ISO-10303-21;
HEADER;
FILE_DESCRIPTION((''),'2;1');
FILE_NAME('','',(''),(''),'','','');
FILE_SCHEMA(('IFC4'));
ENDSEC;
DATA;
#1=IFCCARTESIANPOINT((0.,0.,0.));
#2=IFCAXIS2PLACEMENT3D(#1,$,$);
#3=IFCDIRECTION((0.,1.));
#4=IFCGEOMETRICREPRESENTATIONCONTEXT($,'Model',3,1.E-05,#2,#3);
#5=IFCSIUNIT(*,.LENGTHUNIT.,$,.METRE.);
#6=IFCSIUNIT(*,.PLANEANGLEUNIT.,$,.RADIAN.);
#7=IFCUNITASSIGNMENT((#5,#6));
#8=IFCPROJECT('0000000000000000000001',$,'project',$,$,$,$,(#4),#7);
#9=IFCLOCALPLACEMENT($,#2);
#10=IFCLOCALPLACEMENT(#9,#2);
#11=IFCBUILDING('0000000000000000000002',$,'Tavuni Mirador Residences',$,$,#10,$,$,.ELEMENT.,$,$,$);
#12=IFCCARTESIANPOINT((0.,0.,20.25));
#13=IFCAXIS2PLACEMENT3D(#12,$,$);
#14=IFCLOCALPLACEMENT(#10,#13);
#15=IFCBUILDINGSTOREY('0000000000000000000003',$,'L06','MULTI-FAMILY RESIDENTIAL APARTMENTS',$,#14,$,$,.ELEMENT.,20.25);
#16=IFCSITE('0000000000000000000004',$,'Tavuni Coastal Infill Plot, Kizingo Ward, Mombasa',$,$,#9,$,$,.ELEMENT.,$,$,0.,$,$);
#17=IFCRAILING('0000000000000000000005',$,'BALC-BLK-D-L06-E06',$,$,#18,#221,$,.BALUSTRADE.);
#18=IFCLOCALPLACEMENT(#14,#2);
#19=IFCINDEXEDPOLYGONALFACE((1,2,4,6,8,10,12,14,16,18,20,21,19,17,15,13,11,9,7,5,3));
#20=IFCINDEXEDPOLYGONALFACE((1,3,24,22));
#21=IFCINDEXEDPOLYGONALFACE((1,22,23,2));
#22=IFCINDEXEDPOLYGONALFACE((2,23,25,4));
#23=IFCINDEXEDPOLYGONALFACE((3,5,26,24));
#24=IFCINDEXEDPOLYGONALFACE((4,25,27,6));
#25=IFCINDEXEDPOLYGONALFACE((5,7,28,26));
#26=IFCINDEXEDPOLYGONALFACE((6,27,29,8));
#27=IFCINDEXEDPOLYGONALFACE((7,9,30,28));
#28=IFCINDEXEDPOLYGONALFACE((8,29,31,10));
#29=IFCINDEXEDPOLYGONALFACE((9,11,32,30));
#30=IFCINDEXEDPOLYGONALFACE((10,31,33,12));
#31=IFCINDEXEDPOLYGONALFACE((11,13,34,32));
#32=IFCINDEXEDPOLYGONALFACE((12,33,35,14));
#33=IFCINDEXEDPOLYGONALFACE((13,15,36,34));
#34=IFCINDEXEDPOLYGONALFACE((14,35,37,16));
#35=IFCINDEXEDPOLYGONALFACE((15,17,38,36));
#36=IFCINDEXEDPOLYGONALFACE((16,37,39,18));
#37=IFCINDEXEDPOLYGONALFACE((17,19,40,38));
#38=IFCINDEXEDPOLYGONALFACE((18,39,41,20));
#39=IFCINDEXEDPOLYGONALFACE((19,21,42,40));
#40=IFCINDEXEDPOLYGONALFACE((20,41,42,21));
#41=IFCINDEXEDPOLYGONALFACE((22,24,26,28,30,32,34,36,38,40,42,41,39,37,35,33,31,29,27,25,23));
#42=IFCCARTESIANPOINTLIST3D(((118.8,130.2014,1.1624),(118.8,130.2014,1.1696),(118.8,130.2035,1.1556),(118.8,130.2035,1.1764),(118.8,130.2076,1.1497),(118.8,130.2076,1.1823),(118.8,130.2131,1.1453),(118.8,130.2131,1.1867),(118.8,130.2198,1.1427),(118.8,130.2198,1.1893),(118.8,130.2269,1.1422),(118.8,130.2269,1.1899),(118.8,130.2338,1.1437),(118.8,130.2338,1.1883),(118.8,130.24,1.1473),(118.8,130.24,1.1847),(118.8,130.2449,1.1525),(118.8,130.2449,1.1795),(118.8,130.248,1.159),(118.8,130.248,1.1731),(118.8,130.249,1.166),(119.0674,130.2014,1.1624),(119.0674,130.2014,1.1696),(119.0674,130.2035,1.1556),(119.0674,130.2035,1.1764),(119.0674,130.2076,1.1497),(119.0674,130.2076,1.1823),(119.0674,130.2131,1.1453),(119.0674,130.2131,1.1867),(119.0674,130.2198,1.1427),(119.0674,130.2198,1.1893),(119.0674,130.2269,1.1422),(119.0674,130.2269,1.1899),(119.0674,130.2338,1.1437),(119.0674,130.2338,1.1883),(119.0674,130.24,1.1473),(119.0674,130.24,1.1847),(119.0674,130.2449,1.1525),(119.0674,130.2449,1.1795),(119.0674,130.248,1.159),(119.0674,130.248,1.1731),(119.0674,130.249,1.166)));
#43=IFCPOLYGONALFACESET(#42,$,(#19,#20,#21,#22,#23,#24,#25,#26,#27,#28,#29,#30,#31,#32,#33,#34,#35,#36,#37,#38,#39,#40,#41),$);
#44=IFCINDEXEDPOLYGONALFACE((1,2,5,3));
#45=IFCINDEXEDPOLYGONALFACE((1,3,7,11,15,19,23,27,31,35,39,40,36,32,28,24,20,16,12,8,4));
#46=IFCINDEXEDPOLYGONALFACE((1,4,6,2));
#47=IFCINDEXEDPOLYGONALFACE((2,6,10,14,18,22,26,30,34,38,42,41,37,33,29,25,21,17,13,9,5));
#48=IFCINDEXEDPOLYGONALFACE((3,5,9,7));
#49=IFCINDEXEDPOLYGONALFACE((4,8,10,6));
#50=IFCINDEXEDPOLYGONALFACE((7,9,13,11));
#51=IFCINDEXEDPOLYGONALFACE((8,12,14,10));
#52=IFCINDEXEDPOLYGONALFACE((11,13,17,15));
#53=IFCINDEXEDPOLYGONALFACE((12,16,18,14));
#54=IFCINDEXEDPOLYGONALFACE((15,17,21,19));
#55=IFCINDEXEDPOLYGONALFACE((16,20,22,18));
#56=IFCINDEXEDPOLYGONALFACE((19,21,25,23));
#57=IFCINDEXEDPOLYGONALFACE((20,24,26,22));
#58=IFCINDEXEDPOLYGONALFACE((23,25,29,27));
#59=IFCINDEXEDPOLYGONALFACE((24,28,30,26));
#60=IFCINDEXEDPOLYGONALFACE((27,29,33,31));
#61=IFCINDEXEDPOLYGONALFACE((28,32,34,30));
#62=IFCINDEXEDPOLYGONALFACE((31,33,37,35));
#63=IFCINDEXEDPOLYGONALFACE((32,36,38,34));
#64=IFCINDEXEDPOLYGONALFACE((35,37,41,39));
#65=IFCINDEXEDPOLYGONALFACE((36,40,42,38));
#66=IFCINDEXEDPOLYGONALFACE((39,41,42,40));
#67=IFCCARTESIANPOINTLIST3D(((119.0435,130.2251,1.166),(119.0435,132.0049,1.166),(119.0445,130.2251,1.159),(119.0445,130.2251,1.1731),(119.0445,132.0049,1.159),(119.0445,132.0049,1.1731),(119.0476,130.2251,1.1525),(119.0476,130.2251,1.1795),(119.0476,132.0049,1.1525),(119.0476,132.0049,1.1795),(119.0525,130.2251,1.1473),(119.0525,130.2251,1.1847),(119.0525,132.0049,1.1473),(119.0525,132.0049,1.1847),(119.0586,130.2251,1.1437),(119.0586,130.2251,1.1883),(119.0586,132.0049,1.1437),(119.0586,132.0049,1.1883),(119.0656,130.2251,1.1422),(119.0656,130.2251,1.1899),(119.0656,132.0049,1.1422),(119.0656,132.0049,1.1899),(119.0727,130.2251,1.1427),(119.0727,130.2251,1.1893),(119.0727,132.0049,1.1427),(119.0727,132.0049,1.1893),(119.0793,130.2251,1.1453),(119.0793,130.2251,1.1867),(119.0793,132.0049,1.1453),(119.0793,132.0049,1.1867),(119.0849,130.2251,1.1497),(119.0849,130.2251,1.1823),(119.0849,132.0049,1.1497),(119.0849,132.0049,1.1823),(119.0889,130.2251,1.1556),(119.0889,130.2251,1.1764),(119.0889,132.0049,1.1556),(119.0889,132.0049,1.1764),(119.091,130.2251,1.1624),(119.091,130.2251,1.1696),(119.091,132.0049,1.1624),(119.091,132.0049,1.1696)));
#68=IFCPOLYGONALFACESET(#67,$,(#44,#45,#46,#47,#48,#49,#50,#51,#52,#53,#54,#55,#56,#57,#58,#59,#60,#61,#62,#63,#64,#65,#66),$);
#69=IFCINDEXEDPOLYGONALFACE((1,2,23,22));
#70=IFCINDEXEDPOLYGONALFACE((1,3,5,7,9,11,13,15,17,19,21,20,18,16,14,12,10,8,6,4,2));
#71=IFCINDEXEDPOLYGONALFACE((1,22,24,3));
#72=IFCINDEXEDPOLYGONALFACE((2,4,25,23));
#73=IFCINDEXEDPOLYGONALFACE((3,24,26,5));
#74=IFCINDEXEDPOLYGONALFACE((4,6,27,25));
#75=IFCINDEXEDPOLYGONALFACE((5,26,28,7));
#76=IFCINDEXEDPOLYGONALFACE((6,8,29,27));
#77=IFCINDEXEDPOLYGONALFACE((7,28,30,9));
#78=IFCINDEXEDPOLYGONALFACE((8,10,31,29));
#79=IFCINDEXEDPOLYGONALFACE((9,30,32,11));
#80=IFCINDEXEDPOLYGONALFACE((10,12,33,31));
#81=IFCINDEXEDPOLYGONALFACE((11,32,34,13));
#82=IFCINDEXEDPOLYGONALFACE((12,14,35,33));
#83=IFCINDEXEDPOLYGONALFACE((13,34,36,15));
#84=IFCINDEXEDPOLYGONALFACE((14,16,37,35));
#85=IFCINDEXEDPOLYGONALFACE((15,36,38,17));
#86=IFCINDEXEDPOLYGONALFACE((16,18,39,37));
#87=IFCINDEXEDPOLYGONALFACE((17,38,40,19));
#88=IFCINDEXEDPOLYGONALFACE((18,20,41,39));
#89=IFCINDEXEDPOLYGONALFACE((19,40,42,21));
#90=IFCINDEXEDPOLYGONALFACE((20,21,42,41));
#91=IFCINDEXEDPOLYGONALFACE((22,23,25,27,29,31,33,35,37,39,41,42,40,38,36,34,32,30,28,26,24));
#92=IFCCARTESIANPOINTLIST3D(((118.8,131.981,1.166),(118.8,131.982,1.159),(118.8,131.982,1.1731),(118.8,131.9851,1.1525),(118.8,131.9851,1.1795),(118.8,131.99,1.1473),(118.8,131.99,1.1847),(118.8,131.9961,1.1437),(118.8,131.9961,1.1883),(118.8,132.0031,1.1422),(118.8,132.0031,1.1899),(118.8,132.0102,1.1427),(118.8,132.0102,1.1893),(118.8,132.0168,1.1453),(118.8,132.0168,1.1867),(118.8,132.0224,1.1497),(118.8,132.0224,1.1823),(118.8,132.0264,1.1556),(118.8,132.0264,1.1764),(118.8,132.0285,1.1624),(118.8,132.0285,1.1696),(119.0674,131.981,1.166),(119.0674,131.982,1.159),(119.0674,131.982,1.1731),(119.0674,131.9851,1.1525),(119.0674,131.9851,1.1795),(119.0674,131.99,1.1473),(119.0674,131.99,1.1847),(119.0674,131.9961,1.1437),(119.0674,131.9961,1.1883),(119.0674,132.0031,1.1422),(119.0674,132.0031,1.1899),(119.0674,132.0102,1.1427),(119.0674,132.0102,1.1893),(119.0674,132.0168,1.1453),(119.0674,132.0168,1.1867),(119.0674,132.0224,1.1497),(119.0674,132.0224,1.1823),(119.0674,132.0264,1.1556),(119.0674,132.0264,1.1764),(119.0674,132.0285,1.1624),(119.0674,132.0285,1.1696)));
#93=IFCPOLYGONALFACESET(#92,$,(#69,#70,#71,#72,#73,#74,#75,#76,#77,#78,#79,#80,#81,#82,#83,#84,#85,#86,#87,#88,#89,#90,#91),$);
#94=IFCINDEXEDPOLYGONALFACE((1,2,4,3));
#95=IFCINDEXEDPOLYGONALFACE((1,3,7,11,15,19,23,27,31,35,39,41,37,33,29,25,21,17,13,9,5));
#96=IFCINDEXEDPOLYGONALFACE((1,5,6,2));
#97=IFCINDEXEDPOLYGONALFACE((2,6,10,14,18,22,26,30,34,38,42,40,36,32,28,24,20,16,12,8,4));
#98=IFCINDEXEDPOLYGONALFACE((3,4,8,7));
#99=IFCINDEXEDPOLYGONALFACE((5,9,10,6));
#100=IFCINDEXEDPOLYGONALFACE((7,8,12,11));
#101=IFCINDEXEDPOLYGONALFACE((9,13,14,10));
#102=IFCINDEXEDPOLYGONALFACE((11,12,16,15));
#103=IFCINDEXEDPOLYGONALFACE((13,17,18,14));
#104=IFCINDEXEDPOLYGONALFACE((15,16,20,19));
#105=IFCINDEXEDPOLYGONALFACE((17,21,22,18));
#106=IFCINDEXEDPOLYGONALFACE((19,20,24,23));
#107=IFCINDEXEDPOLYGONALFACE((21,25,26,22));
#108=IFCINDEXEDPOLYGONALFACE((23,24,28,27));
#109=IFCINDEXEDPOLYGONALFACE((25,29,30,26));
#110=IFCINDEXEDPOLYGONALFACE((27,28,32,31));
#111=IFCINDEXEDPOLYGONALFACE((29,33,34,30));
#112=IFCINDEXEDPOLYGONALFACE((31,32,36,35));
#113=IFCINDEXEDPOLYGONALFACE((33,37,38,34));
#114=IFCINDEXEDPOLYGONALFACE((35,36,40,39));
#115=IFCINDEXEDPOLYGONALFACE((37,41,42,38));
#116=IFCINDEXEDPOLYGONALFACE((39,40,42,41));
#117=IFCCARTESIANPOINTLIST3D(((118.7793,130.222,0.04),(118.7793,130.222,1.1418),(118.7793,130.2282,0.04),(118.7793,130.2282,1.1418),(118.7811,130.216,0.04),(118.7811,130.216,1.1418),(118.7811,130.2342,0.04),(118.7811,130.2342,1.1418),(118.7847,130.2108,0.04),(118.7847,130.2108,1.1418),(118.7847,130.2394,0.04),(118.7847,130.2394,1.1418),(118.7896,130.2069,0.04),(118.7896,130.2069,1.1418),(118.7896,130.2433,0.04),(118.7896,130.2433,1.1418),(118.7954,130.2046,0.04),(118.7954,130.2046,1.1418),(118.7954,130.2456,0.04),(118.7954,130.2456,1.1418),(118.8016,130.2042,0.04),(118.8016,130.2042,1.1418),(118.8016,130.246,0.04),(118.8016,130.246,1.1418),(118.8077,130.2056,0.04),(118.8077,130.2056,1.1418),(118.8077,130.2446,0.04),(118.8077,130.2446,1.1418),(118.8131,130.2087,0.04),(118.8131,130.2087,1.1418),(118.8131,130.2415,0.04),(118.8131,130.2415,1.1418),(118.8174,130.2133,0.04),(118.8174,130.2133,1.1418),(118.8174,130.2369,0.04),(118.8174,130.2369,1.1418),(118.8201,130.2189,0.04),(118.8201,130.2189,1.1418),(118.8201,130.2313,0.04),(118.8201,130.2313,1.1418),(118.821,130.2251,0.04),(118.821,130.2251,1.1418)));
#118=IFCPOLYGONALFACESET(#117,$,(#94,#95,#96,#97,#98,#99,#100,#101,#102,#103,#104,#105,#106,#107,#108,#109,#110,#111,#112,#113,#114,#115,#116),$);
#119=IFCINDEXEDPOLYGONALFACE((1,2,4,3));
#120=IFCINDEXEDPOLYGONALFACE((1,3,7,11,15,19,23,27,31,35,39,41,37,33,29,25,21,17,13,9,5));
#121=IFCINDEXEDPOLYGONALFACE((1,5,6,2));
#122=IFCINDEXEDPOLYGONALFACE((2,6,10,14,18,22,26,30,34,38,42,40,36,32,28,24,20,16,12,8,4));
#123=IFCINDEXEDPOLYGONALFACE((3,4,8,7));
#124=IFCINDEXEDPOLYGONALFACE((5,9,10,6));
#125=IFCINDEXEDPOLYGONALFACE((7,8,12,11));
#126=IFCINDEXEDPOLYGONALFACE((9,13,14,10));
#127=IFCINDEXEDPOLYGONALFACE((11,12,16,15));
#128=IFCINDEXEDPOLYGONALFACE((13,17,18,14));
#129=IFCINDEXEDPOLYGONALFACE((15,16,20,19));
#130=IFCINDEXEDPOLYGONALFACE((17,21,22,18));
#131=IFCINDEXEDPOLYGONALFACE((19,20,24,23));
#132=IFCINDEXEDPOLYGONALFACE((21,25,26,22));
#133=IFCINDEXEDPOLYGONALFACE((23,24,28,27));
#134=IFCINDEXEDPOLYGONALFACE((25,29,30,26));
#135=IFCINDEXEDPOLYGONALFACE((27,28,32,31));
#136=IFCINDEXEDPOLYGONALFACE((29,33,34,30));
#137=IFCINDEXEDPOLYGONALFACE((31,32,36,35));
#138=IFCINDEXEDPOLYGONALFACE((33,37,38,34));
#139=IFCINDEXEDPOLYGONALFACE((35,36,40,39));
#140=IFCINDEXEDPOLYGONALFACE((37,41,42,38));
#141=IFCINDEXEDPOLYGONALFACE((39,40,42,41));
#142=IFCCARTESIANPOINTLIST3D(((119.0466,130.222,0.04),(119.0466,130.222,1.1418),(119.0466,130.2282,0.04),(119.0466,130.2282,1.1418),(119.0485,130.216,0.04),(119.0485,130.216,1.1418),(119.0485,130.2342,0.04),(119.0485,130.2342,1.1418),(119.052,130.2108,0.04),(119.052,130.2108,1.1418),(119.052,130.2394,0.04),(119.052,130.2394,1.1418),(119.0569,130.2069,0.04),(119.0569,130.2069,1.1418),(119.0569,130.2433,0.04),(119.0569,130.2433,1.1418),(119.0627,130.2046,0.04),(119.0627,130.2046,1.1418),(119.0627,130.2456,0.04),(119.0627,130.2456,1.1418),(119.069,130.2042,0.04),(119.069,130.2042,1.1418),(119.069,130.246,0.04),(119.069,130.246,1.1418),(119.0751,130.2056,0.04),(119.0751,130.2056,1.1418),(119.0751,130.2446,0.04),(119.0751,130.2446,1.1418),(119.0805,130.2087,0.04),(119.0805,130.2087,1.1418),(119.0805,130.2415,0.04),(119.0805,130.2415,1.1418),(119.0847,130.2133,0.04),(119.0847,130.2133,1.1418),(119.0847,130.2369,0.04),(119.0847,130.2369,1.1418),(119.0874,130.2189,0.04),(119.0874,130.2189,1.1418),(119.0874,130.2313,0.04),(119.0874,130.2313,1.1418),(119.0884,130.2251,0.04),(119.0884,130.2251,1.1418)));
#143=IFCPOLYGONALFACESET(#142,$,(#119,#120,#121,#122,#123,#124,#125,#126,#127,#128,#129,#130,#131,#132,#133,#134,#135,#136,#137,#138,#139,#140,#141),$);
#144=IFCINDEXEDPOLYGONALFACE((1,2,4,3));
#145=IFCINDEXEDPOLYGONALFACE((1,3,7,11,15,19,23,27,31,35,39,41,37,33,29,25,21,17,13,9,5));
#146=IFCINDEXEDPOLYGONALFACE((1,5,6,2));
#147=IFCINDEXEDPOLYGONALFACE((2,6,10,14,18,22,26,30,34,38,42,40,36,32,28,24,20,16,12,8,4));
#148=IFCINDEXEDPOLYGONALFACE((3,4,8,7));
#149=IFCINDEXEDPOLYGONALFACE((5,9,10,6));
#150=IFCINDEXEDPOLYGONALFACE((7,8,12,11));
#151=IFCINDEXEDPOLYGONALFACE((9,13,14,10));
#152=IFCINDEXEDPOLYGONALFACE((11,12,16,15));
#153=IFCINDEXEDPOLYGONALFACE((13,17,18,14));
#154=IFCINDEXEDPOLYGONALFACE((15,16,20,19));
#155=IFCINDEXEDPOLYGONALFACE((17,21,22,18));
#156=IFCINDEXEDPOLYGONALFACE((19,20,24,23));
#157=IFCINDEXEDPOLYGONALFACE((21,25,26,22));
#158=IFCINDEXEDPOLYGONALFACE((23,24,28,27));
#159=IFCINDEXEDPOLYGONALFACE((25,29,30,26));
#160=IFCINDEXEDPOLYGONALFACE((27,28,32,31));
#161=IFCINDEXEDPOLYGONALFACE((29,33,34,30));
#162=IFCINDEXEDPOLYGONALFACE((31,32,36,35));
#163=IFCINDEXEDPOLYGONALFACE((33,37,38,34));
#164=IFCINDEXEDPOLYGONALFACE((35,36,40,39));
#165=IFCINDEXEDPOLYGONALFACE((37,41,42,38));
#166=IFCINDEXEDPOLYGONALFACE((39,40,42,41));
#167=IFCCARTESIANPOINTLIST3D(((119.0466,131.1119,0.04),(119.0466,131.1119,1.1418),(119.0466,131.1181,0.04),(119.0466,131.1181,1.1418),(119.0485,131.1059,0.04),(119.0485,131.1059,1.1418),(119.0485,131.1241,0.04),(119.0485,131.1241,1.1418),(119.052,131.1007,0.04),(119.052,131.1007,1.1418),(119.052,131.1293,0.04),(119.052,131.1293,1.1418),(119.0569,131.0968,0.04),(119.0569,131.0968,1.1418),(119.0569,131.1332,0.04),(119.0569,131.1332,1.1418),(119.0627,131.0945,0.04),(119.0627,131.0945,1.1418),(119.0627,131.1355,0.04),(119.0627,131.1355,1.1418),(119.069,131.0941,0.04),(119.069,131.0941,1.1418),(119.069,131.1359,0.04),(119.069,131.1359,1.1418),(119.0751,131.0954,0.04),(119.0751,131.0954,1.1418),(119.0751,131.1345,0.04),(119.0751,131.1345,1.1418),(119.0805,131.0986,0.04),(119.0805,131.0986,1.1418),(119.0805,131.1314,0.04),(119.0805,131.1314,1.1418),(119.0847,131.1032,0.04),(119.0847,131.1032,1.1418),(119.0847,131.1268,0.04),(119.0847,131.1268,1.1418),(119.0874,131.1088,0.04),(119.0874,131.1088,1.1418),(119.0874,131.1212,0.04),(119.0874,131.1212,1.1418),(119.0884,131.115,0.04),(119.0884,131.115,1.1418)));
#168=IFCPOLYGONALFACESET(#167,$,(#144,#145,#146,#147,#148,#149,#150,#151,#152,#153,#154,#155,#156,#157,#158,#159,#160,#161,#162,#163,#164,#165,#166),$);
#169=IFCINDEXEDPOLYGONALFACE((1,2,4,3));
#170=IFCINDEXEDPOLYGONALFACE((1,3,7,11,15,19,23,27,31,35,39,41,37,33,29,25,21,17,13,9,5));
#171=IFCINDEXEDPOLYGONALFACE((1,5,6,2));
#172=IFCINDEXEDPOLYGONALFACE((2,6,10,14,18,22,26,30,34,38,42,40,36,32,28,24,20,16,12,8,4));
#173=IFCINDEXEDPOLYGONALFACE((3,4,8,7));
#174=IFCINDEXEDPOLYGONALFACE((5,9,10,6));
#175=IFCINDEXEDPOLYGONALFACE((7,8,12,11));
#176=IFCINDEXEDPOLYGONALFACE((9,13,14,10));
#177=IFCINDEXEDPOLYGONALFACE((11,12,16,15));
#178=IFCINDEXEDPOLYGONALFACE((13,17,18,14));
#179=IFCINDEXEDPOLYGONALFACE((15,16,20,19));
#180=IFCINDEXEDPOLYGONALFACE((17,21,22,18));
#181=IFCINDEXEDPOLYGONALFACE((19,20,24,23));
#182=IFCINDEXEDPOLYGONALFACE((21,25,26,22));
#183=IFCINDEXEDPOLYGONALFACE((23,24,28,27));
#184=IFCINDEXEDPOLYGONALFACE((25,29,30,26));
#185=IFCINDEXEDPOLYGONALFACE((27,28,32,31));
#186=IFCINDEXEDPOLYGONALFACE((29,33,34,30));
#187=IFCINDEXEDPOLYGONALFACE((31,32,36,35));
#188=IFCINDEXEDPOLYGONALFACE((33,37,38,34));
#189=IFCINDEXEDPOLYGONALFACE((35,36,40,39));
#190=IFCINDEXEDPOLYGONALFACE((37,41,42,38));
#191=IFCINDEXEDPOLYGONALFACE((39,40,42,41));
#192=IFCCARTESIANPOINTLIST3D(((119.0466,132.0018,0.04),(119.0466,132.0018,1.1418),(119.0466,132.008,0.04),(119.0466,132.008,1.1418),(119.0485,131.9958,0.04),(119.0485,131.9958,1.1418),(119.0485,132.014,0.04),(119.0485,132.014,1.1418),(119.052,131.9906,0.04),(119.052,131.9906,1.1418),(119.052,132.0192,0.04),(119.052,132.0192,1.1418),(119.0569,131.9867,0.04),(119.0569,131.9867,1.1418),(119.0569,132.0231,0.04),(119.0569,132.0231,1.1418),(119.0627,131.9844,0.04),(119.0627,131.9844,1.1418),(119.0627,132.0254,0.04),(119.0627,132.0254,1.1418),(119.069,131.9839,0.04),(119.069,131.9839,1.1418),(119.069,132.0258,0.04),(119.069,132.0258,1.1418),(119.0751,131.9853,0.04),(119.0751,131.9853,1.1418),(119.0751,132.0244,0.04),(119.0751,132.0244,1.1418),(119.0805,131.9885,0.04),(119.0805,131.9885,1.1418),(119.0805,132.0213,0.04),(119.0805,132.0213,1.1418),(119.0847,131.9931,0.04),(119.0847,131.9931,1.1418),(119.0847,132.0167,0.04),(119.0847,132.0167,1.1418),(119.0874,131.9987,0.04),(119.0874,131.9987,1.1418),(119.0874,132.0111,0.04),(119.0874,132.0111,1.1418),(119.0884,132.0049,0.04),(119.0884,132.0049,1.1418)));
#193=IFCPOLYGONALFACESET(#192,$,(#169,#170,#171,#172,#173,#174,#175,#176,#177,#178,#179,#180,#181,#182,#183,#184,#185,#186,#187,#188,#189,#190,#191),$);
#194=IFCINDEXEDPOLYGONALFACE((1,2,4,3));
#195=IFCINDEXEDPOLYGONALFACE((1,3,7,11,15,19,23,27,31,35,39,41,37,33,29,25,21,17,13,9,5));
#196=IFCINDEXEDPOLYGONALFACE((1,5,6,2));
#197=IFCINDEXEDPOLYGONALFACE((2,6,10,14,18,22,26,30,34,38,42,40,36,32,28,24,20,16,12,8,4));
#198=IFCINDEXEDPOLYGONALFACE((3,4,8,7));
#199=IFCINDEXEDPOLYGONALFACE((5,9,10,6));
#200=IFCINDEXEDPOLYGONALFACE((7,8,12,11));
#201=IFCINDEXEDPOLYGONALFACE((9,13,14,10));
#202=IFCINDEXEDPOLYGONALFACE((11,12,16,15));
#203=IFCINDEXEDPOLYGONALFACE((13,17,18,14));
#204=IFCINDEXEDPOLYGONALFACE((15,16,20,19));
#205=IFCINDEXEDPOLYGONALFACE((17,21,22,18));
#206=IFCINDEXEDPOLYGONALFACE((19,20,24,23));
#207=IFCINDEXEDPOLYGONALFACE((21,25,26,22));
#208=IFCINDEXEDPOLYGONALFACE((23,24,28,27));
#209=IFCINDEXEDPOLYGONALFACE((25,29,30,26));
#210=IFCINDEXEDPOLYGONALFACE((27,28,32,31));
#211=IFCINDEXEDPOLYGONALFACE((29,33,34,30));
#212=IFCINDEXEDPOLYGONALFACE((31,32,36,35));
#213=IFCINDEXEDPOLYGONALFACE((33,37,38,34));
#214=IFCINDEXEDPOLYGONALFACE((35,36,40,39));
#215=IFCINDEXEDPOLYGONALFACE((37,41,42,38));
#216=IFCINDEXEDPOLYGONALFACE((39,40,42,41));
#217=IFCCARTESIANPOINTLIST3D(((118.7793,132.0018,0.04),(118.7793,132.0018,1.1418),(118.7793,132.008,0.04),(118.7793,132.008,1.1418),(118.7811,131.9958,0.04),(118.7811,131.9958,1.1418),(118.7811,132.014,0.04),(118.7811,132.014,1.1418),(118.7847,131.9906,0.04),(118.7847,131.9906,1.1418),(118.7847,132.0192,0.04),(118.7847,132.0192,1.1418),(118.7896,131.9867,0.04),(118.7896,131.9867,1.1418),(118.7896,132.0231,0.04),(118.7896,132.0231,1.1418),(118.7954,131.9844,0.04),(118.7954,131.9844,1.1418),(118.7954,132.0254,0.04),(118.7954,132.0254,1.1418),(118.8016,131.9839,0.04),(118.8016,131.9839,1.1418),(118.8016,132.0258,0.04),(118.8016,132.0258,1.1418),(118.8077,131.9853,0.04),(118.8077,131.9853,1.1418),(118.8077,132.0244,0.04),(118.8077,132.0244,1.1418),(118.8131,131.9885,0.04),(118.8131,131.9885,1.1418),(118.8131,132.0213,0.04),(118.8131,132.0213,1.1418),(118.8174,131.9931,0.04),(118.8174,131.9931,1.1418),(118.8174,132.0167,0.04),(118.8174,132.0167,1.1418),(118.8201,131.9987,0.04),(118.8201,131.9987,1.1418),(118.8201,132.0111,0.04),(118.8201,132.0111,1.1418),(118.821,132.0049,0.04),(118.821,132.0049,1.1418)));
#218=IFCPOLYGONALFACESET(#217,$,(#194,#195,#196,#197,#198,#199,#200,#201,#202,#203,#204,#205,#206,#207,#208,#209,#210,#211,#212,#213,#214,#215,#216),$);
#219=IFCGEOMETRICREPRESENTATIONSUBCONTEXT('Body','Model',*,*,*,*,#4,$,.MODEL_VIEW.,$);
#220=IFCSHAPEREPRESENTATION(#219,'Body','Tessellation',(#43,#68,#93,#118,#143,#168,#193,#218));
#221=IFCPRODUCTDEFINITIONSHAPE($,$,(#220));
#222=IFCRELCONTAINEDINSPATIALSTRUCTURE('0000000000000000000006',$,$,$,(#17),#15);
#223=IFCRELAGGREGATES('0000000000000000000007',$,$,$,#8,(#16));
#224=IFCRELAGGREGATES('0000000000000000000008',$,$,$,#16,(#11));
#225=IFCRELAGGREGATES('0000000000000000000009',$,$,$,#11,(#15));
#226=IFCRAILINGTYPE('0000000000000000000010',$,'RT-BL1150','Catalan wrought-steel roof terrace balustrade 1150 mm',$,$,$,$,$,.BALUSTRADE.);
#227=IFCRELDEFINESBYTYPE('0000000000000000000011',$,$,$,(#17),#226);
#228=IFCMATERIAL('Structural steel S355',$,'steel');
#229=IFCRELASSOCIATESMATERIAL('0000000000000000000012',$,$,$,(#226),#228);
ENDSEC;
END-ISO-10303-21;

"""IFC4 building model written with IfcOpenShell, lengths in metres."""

from ifc_helpers import new_model, si_unit, direction, frame, origin, origin_2d, place, context, subcontext, project, spatial, circle, extrude, material, type_object, element, save


model = new_model("IFC4")

# Units and contexts
model_context = context("Model", 3, precision=1e-05, world=origin(), true_north=direction((0.0, 1.0)))
body_context = subcontext(model_context, "Body", "Model", "MODEL_VIEW")
ifc_project = project(units=[si_unit("LENGTHUNIT", "METRE"), si_unit("PLANEANGLEUNIT", "RADIAN")], contexts=[model_context])

# Site, building, storey
site_placement = place(None, origin())
site = spatial("IfcSite", under=ifc_project, at=site_placement, Name="Tavuni Coastal Infill Plot, Kizingo Ward, Mombasa", CompositionType="ELEMENT", RefElevation=0.0)
building_placement = place(site_placement, origin())
building = spatial("IfcBuilding", under=site, at=building_placement, Name="Tavuni Mirador Residences", CompositionType="ELEMENT")
storey_placement = place(building_placement, frame((0.0, 0.0, 20.25)))
storey = spatial("IfcBuildingStorey", under=building, at=storey_placement, Name="L06", Description="MULTI-FAMILY RESIDENTIAL APARTMENTS", CompositionType="ELEMENT", Elevation=20.25)

# Railing
ifc_material_1 = material(Name="Structural steel S355", Category="steel")
railing_type = type_object("IfcRailingType", Name="RT-BL1150", Description="Catalan wrought-steel roof terrace balustrade 1150 mm", PredefinedType="BALUSTRADE", material=ifc_material_1)
railing_placement = place(storey_placement, frame((118.8, 130.2251, 0.04)))
element("IfcRailing", 1, at=railing_placement, inside=storey, type_object=railing_type, Name="BALC-BLK-D-L06-E06", PredefinedType="BALUSTRADE", context=body_context, shape_type="SweptSolid", body=[
    extrude(circle(Radius=0.0239, at=origin_2d()), frame((0.0, 0.0, 1.126), z_axis=(1.0, 0.0, 0.0), x_axis=(0.0, 1.0, 0.0)), (0.0, 0.0, 1.0), 0.2673),
    extrude(circle(Radius=0.0239, at=origin_2d()), frame((0.2673, 0.0, 1.126), z_axis=(0.0, 1.0, 0.0), x_axis=(-1.0, 0.0, 0.0)), (0.0, 0.0, 1.0), 1.7798),
    extrude(circle(Radius=0.0239, at=origin_2d()), frame((0.2673, 1.7798, 1.126), z_axis=(-1.0, 0.0, 0.0), x_axis=(0.0, -1.0, 0.0)), (0.0, 0.0, 1.0), 0.2673),
    extrude(circle(Radius=0.021, at=origin_2d()), origin(), (0.0, 0.0, 1.0), 1.1018),
    extrude(circle(Radius=0.021, at=origin_2d()), frame((0.2673, 0.0, 0.0)), (0.0, 0.0, 1.0), 1.1018),
    extrude(circle(Radius=0.021, at=origin_2d()), frame((0.2673, 0.8899, 0.0)), (0.0, 0.0, 1.0), 1.1018),
    extrude(circle(Radius=0.021, at=origin_2d()), frame((0.2673, 1.7798, 0.0)), (0.0, 0.0, 1.0), 1.1018),
    extrude(circle(Radius=0.021, at=origin_2d()), frame((0.0, 1.7798, 0.0)), (0.0, 0.0, 1.0), 1.1018),
])

save(model, "model.ifc")
